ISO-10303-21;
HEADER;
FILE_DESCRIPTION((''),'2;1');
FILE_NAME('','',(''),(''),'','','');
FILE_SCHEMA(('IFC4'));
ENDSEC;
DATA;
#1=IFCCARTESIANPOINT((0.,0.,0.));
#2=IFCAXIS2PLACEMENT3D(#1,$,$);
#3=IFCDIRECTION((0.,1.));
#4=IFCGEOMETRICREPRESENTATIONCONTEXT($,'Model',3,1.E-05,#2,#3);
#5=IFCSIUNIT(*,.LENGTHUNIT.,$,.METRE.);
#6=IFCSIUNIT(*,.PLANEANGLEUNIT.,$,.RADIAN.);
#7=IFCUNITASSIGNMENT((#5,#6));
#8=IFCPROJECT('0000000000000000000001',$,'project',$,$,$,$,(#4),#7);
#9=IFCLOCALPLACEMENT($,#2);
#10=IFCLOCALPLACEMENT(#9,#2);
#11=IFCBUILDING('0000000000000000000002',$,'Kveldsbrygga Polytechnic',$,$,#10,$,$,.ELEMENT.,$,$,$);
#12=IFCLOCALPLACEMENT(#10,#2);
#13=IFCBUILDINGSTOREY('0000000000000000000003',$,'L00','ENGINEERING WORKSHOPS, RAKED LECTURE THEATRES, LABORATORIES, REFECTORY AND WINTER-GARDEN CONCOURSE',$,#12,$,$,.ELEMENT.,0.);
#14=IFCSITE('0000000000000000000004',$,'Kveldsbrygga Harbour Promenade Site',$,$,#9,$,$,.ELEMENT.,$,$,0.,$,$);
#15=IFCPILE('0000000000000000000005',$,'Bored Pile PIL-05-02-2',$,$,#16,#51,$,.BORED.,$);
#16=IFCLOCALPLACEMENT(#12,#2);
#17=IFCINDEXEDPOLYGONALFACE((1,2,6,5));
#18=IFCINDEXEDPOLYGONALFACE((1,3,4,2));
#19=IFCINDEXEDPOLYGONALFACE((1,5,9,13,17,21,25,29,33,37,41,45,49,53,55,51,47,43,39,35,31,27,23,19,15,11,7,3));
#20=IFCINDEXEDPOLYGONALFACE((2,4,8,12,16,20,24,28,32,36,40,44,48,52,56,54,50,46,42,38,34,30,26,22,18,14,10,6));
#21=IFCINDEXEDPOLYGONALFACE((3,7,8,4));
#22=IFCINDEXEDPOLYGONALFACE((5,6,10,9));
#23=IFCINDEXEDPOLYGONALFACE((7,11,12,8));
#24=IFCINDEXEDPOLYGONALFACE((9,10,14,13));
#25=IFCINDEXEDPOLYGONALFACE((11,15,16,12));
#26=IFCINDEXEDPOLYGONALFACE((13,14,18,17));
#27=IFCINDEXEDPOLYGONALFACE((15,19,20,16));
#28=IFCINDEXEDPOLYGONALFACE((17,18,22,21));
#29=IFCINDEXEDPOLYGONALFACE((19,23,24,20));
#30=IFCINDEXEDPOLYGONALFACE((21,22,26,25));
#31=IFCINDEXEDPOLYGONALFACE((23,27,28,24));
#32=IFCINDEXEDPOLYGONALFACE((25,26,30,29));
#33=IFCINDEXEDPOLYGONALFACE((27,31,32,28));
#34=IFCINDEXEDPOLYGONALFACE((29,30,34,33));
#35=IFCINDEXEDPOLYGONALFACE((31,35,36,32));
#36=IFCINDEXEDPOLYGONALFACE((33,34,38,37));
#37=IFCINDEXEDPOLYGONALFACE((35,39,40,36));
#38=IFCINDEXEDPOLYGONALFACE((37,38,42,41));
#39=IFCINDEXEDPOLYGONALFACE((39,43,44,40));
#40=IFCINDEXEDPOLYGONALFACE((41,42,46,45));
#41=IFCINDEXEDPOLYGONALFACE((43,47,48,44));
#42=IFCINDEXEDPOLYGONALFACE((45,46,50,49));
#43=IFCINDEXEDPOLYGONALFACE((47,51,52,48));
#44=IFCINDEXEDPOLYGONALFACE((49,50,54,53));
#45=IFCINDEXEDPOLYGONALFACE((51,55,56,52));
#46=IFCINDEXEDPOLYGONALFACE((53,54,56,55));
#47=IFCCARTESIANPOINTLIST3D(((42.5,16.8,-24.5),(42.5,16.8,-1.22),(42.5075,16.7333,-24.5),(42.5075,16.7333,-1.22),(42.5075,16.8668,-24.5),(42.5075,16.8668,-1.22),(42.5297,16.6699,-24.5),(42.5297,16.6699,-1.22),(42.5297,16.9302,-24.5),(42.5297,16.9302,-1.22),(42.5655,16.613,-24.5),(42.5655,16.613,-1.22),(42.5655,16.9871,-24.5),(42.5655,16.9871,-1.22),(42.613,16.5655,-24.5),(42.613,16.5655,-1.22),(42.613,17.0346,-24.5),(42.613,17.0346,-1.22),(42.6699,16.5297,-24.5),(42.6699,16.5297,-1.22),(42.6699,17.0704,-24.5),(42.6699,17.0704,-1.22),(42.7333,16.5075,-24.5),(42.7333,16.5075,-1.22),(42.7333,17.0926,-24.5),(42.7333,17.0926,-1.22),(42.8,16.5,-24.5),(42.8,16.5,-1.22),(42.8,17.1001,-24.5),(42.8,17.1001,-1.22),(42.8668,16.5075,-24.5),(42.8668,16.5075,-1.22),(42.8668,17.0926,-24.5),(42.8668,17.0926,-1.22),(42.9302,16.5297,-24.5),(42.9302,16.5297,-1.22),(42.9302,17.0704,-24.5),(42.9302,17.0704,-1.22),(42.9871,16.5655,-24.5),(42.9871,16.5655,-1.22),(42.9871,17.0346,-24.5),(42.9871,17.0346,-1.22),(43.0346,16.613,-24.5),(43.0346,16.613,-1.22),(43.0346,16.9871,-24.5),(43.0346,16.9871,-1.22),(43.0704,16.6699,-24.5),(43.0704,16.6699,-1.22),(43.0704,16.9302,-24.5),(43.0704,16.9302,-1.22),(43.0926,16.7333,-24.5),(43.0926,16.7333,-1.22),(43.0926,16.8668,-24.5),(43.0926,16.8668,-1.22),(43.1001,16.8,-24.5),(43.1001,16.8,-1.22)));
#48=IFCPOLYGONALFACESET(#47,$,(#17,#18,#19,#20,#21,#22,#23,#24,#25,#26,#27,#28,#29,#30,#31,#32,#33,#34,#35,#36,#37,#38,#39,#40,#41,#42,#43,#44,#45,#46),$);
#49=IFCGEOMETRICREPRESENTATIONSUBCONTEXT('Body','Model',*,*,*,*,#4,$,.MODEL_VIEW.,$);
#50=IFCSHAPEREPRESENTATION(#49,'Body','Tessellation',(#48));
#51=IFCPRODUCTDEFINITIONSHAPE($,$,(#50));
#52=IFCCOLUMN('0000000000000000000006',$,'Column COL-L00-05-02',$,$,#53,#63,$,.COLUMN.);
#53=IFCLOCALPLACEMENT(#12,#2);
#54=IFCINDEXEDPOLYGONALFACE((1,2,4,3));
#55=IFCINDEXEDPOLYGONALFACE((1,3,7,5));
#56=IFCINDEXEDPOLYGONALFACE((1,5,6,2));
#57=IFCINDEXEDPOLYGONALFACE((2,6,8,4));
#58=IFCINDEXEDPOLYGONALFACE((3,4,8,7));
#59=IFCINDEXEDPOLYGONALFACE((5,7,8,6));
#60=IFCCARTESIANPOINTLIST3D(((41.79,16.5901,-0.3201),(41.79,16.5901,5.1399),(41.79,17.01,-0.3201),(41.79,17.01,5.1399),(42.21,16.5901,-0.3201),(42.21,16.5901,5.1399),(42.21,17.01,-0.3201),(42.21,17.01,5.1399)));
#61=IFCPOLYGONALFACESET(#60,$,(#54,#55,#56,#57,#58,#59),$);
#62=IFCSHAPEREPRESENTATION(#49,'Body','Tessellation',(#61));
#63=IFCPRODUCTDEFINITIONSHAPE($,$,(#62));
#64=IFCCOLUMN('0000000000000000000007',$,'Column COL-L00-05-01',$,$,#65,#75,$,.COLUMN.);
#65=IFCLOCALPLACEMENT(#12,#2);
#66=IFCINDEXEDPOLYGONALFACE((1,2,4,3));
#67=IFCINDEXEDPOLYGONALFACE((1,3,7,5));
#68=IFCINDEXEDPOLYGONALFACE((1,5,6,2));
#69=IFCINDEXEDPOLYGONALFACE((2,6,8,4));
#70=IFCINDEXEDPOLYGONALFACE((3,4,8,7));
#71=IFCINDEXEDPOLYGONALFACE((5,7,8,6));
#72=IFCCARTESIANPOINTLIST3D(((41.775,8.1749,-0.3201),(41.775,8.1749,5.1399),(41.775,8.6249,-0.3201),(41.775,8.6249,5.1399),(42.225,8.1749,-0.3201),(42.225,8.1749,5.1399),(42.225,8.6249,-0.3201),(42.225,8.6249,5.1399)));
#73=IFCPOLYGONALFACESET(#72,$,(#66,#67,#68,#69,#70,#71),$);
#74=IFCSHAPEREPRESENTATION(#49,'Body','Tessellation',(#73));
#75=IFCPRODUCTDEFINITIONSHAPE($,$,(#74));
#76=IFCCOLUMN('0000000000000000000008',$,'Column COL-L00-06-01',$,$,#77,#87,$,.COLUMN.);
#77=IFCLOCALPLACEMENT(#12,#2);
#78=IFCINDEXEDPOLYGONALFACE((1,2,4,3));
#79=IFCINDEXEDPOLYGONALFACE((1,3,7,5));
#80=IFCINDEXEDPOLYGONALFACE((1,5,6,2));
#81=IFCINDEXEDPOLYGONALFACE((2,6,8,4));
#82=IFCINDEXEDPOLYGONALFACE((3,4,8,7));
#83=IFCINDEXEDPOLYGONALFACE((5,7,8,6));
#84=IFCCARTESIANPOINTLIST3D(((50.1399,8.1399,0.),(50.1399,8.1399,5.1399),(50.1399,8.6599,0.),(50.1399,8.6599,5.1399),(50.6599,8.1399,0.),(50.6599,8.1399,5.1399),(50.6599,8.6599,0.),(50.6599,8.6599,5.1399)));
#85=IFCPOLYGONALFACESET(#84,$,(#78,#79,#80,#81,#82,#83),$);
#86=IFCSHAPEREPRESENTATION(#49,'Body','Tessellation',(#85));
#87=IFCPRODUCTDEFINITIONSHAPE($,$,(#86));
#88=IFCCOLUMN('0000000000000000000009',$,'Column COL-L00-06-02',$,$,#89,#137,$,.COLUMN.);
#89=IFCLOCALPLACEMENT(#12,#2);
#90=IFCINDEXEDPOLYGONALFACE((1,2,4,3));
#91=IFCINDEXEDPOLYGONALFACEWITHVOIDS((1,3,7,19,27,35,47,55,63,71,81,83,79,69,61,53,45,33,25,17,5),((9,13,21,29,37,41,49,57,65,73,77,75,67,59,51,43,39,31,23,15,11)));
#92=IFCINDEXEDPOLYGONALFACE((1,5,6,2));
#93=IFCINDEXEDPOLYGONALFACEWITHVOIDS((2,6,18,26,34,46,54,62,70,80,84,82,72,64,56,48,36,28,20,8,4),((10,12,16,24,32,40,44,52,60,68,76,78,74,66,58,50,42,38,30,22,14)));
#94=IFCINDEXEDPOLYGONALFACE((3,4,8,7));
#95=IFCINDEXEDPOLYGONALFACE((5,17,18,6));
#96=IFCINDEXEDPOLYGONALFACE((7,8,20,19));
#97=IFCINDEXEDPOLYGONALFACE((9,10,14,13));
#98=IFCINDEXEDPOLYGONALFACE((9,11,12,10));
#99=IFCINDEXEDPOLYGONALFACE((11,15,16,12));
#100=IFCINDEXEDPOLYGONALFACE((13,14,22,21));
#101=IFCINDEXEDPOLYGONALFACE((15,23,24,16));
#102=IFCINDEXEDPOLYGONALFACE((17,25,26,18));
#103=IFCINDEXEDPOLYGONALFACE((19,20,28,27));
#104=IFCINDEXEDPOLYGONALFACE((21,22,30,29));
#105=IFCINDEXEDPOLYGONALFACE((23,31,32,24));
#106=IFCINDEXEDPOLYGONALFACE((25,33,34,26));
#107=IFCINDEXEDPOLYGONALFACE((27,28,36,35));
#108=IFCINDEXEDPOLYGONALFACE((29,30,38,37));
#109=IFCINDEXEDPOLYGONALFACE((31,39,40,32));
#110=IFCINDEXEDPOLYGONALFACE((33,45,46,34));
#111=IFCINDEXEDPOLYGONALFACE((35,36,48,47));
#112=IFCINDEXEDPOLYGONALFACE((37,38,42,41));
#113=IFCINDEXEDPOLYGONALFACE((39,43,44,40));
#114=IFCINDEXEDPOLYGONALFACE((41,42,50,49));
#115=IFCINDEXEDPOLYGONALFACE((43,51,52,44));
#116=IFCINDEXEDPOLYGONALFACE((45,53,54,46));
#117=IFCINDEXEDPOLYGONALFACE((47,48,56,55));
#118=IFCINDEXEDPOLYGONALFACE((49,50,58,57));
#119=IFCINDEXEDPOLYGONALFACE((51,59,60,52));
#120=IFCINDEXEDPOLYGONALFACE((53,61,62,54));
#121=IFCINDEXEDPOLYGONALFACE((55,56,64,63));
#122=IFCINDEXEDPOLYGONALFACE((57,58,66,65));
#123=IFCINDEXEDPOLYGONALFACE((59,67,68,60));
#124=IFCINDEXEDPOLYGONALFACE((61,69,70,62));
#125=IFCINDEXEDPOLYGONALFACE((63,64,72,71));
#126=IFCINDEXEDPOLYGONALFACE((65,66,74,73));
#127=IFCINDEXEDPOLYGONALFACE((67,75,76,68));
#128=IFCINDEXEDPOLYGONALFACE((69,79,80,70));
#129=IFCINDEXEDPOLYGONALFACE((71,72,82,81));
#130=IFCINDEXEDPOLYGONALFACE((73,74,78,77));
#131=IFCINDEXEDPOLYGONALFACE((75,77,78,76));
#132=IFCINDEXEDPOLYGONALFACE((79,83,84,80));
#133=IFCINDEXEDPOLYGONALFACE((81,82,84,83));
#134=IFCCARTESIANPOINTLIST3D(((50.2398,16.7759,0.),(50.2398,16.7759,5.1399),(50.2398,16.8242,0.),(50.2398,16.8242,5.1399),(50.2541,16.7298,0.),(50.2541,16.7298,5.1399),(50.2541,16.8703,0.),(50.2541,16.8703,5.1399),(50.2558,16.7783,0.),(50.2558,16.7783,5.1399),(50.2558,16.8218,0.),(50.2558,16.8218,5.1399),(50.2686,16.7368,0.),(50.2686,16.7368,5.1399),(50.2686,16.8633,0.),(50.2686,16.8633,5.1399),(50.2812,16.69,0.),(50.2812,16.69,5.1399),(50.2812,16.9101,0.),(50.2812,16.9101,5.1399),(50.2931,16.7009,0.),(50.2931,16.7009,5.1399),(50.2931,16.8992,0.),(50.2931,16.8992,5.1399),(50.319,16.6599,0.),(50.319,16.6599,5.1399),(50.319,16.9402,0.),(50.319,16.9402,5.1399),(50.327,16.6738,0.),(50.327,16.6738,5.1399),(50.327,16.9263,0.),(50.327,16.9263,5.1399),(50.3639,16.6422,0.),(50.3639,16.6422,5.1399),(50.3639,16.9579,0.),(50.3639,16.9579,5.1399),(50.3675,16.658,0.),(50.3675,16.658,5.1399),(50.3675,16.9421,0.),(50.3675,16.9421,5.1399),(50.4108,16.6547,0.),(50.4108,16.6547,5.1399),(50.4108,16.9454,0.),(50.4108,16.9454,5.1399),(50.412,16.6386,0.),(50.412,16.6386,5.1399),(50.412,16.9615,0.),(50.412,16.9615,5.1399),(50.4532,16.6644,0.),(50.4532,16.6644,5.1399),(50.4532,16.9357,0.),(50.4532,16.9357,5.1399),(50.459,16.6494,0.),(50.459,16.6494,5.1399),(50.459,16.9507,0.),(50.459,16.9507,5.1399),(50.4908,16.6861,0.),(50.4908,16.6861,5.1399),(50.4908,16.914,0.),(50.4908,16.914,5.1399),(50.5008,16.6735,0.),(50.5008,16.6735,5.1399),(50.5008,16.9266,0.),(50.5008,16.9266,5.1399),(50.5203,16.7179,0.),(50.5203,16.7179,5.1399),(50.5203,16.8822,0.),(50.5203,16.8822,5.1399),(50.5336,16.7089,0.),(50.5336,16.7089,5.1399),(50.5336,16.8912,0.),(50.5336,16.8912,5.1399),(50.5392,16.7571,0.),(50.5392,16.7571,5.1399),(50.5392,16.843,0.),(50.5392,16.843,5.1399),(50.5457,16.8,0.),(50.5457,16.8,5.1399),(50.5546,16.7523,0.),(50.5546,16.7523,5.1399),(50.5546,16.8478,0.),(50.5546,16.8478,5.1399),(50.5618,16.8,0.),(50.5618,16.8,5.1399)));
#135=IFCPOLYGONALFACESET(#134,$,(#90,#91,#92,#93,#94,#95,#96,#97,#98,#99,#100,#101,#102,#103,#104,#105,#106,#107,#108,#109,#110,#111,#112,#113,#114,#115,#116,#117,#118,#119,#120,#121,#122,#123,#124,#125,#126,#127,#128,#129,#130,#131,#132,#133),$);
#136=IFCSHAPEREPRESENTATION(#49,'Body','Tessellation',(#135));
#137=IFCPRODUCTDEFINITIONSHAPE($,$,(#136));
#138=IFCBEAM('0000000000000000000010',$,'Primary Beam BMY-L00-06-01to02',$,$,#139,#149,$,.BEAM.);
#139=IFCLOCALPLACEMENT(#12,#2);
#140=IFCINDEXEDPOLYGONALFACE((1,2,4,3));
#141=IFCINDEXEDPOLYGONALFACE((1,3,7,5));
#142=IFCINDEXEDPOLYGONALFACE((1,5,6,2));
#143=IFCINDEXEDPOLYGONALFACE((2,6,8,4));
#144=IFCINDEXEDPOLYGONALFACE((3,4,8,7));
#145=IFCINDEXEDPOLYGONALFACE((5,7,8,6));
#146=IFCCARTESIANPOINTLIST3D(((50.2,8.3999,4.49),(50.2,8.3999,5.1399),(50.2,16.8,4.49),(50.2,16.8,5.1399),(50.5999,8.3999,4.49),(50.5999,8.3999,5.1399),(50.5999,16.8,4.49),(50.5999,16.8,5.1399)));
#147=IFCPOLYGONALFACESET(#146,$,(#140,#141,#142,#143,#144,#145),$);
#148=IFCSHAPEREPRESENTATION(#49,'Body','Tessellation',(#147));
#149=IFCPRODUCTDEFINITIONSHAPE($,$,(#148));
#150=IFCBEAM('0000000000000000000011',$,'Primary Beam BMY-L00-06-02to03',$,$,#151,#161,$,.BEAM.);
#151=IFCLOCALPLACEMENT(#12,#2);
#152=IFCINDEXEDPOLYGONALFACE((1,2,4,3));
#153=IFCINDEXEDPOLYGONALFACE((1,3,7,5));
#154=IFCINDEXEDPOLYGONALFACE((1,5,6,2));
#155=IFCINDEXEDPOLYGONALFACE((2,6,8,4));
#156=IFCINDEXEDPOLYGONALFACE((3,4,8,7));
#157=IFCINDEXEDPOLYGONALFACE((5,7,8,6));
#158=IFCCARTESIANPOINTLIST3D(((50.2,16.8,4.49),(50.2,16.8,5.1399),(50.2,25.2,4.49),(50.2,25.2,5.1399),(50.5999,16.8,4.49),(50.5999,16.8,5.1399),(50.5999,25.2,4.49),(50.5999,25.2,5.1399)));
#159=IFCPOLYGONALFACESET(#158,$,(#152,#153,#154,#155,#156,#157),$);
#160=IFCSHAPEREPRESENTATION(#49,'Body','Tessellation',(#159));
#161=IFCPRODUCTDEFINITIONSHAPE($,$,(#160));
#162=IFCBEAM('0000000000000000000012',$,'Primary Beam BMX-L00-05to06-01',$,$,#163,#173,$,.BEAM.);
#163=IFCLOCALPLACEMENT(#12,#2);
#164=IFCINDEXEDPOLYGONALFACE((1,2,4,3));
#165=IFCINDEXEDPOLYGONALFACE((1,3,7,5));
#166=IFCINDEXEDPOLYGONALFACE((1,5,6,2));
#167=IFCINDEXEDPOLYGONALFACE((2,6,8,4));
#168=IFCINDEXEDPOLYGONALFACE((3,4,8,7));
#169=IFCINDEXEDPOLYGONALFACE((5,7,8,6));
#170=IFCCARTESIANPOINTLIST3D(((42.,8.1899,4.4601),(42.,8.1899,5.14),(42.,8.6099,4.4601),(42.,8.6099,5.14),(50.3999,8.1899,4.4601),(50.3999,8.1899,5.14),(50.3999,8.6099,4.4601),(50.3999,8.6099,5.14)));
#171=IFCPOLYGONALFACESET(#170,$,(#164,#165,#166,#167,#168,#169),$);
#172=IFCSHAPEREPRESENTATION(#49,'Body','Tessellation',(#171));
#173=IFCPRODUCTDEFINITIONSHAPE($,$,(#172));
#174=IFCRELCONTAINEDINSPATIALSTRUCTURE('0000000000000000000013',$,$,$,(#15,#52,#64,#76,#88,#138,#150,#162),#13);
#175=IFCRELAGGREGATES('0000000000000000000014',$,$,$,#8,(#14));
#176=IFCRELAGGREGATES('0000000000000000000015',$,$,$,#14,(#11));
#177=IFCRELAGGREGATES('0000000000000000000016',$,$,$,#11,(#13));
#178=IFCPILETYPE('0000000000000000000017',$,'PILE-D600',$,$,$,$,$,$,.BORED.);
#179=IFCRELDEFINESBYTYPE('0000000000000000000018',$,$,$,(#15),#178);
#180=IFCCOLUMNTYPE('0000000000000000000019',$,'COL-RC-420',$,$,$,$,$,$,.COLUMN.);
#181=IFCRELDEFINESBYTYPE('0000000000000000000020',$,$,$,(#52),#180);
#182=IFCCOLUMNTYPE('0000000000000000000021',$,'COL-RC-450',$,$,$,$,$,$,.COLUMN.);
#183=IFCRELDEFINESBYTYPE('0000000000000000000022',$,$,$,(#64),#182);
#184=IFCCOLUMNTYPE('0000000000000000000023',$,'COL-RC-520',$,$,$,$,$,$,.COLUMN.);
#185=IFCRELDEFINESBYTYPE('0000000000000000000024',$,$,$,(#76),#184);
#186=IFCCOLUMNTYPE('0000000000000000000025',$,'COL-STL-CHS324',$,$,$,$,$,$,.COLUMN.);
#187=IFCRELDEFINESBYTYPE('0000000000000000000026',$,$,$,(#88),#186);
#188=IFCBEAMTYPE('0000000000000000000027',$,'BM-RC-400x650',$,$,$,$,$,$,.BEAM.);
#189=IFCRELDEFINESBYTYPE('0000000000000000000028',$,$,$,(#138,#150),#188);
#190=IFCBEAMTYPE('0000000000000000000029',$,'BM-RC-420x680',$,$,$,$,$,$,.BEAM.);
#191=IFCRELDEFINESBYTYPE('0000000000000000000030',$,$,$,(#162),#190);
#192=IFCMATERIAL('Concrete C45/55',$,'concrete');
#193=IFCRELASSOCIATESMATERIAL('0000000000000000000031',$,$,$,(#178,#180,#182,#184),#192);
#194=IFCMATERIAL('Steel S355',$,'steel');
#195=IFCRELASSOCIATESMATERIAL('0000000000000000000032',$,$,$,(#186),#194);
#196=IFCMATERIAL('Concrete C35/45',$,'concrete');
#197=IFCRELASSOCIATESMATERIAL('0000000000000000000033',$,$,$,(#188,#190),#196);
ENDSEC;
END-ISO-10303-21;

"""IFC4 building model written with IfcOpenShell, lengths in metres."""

from ifc_helpers import new_model, si_unit, direction, frame, origin, origin_2d, place, context, subcontext, project, spatial, rectangle, circle, hollow_circle, extrude, material, material_profile, profile_set, type_object, element, save


model = new_model("IFC4")

# Units and contexts
model_context = context("Model", 3, precision=1e-05, world=origin(), true_north=direction((0.0, 1.0)))
body_context = subcontext(model_context, "Body", "Model", "MODEL_VIEW")
ifc_project = project(units=[si_unit("LENGTHUNIT", "METRE"), si_unit("PLANEANGLEUNIT", "RADIAN")], contexts=[model_context])

# Site, building, storey
site_placement = place(None, origin())
site = spatial("IfcSite", under=ifc_project, at=site_placement, Name="Kveldsbrygga Harbour Promenade Site", CompositionType="ELEMENT", RefElevation=0.0)
building_placement = place(site_placement, origin())
building = spatial("IfcBuilding", under=site, at=building_placement, Name="Kveldsbrygga Polytechnic", CompositionType="ELEMENT")
storey_placement = place(building_placement, origin())
storey = spatial("IfcBuildingStorey", under=building, at=storey_placement, Name="L00", Description="ENGINEERING WORKSHOPS, RAKED LECTURE THEATRES, LABORATORIES, REFECTORY AND WINTER-GARDEN CONCOURSE", CompositionType="ELEMENT", Elevation=0.0)

# Shared definitions
ifc_material_1 = material(Name="Concrete C45/55", Category="concrete")

# Pile
ifc_material_profile_1 = material_profile(ifc_material_1, circle(Radius=0.3, at=origin_2d()), Name="PILE D600")
ifc_profile_set_1 = profile_set([ifc_material_profile_1], Name="Concrete C45/55")
pile_type = type_object("IfcPileType", Name="PILE-D600", PredefinedType="BORED", material=ifc_profile_set_1)
for number, where, z_axis, x_axis, name in (
    (1, (42.8, 16.8, -1.22), (0.0, 0.0, -1.0), (1.0, 0.0, 0.0), "Bored Pile PIL-05-02-2"),
):
    element("IfcPile", number, at=place(storey_placement, frame(where, z_axis=z_axis, x_axis=x_axis)), inside=storey, type_object=pile_type, Name=name, PredefinedType="BORED", context=body_context, shape_type="SweptSolid", body=[
        extrude(circle(Radius=0.3, at=origin_2d()), origin(), (0.0, 0.0, 1.0), 23.28),
    ])

# Columns
ifc_material_profile_2 = material_profile(ifc_material_1, rectangle(XDim=0.4199, YDim=0.4199, at=origin_2d()), Name="RC 420x420")
ifc_profile_set_2 = profile_set([ifc_material_profile_2], Name="Concrete C45/55")
column_type_1 = type_object("IfcColumnType", Name="COL-RC-420", PredefinedType="COLUMN", material=ifc_profile_set_2)
column_1_placement = place(storey_placement, frame((42.0, 16.8, -0.3201), z_axis=(0.0, 0.0, 1.0), x_axis=(1.0, 0.0, 0.0)))
element("IfcColumn", 2, at=column_1_placement, inside=storey, type_object=column_type_1, Name="Column COL-L00-05-02", PredefinedType="COLUMN", context=body_context, shape_type="SweptSolid", body=[
    extrude(rectangle(XDim=0.4199, YDim=0.4199, at=origin_2d()), origin(), (0.0, 0.0, 1.0), 5.46),
])
ifc_material_profile_3 = material_profile(ifc_material_1, rectangle(XDim=0.45, YDim=0.45, at=origin_2d()), Name="RC 450x450")
ifc_profile_set_3 = profile_set([ifc_material_profile_3], Name="Concrete C45/55")
column_type_2 = type_object("IfcColumnType", Name="COL-RC-450", PredefinedType="COLUMN", material=ifc_profile_set_3)
column_2_placement = place(storey_placement, frame((42.0, 8.3999, -0.3201), z_axis=(0.0, 0.0, 1.0), x_axis=(1.0, 0.0, 0.0)))
element("IfcColumn", 3, at=column_2_placement, inside=storey, type_object=column_type_2, Name="Column COL-L00-05-01", PredefinedType="COLUMN", context=body_context, shape_type="SweptSolid", body=[
    extrude(rectangle(XDim=0.45, YDim=0.45, at=origin_2d()), origin(), (0.0, 0.0, 1.0), 5.46),
])
ifc_material_profile_4 = material_profile(ifc_material_1, rectangle(XDim=0.52, YDim=0.52, at=origin_2d()), Name="RC 520x520")
ifc_profile_set_4 = profile_set([ifc_material_profile_4], Name="Concrete C45/55")
column_type_3 = type_object("IfcColumnType", Name="COL-RC-520", PredefinedType="COLUMN", material=ifc_profile_set_4)
column_3_placement = place(storey_placement, frame((50.3999, 8.3999, 0.0), z_axis=(0.0, 0.0, 1.0), x_axis=(1.0, 0.0, 0.0)))
element("IfcColumn", 4, at=column_3_placement, inside=storey, type_object=column_type_3, Name="Column COL-L00-06-01", PredefinedType="COLUMN", context=body_context, shape_type="SweptSolid", body=[
    extrude(rectangle(XDim=0.52, YDim=0.52, at=origin_2d()), origin(), (0.0, 0.0, 1.0), 5.1399),
])
ifc_material_2 = material(Name="Steel S355", Category="steel")
ifc_material_profile_5 = material_profile(ifc_material_2, hollow_circle(Radius=0.1619, WallThickness=0.0161, at=origin_2d()), Name="CHS 323.9x16.0")
ifc_profile_set_5 = profile_set([ifc_material_profile_5], Name="Steel S355")
column_type_4 = type_object("IfcColumnType", Name="COL-STL-CHS324", PredefinedType="COLUMN", material=ifc_profile_set_5)
column_4_placement = place(storey_placement, frame((50.3999, 16.8, 0.0), z_axis=(0.0, 0.0, 1.0), x_axis=(1.0, 0.0, 0.0)))
element("IfcColumn", 5, at=column_4_placement, inside=storey, type_object=column_type_4, Name="Column COL-L00-06-02", PredefinedType="COLUMN", context=body_context, shape_type="SweptSolid", body=[
    extrude(hollow_circle(Radius=0.1619, WallThickness=0.0161, at=origin_2d()), origin(), (0.0, 0.0, 1.0), 5.1399),
])

# Beams
ifc_material_3 = material(Name="Concrete C35/45", Category="concrete")
ifc_material_profile_6 = material_profile(ifc_material_3, rectangle(XDim=0.3999, YDim=0.6499, at=origin_2d()), Name="RC 400x650")
ifc_profile_set_6 = profile_set([ifc_material_profile_6], Name="Concrete C35/45")
beam_type_1 = type_object("IfcBeamType", Name="BM-RC-400x650", PredefinedType="BEAM", material=ifc_profile_set_6)
beam_1_placement = place(storey_placement, frame((50.3999, 8.3999, 4.8149), z_axis=(0.0, 1.0, 0.0), x_axis=(-1.0, 0.0, 0.0)))
element("IfcBeam", 6, at=beam_1_placement, inside=storey, type_object=beam_type_1, Name="Primary Beam BMY-L00-06-01to02", PredefinedType="BEAM", context=body_context, shape_type="SweptSolid", body=[
    extrude(rectangle(XDim=0.3999, YDim=0.6499, at=origin_2d()), origin(), (0.0, 0.0, 1.0), 8.4001),
])
beam_2_placement = place(storey_placement, frame((50.3999, 16.8, 4.8149), z_axis=(0.0, 1.0, 0.0), x_axis=(-1.0, 0.0, 0.0)))
element("IfcBeam", 7, at=beam_2_placement, inside=storey, type_object=beam_type_1, Name="Primary Beam BMY-L00-06-02to03", PredefinedType="BEAM", context=body_context, shape_type="SweptSolid", body=[
    extrude(rectangle(XDim=0.3999, YDim=0.6499, at=origin_2d()), origin(), (0.0, 0.0, 1.0), 8.3999),
])
ifc_material_profile_7 = material_profile(ifc_material_3, rectangle(XDim=0.4199, YDim=0.6799, at=origin_2d()), Name="RC 420x680")
ifc_profile_set_7 = profile_set([ifc_material_profile_7], Name="Concrete C35/45")
beam_type_2 = type_object("IfcBeamType", Name="BM-RC-420x680", PredefinedType="BEAM", material=ifc_profile_set_7)
beam_3_placement = place(storey_placement, frame((42.0, 8.3999, 4.8), z_axis=(1.0, 0.0, 0.0), x_axis=(0.0, 1.0, 0.0)))
element("IfcBeam", 8, at=beam_3_placement, inside=storey, type_object=beam_type_2, Name="Primary Beam BMX-L00-05to06-01", PredefinedType="BEAM", context=body_context, shape_type="SweptSolid", body=[
    extrude(rectangle(XDim=0.4199, YDim=0.6799, at=origin_2d()), origin(), (0.0, 0.0, 1.0), 8.3999),
])

save(model, "model.ifc")
